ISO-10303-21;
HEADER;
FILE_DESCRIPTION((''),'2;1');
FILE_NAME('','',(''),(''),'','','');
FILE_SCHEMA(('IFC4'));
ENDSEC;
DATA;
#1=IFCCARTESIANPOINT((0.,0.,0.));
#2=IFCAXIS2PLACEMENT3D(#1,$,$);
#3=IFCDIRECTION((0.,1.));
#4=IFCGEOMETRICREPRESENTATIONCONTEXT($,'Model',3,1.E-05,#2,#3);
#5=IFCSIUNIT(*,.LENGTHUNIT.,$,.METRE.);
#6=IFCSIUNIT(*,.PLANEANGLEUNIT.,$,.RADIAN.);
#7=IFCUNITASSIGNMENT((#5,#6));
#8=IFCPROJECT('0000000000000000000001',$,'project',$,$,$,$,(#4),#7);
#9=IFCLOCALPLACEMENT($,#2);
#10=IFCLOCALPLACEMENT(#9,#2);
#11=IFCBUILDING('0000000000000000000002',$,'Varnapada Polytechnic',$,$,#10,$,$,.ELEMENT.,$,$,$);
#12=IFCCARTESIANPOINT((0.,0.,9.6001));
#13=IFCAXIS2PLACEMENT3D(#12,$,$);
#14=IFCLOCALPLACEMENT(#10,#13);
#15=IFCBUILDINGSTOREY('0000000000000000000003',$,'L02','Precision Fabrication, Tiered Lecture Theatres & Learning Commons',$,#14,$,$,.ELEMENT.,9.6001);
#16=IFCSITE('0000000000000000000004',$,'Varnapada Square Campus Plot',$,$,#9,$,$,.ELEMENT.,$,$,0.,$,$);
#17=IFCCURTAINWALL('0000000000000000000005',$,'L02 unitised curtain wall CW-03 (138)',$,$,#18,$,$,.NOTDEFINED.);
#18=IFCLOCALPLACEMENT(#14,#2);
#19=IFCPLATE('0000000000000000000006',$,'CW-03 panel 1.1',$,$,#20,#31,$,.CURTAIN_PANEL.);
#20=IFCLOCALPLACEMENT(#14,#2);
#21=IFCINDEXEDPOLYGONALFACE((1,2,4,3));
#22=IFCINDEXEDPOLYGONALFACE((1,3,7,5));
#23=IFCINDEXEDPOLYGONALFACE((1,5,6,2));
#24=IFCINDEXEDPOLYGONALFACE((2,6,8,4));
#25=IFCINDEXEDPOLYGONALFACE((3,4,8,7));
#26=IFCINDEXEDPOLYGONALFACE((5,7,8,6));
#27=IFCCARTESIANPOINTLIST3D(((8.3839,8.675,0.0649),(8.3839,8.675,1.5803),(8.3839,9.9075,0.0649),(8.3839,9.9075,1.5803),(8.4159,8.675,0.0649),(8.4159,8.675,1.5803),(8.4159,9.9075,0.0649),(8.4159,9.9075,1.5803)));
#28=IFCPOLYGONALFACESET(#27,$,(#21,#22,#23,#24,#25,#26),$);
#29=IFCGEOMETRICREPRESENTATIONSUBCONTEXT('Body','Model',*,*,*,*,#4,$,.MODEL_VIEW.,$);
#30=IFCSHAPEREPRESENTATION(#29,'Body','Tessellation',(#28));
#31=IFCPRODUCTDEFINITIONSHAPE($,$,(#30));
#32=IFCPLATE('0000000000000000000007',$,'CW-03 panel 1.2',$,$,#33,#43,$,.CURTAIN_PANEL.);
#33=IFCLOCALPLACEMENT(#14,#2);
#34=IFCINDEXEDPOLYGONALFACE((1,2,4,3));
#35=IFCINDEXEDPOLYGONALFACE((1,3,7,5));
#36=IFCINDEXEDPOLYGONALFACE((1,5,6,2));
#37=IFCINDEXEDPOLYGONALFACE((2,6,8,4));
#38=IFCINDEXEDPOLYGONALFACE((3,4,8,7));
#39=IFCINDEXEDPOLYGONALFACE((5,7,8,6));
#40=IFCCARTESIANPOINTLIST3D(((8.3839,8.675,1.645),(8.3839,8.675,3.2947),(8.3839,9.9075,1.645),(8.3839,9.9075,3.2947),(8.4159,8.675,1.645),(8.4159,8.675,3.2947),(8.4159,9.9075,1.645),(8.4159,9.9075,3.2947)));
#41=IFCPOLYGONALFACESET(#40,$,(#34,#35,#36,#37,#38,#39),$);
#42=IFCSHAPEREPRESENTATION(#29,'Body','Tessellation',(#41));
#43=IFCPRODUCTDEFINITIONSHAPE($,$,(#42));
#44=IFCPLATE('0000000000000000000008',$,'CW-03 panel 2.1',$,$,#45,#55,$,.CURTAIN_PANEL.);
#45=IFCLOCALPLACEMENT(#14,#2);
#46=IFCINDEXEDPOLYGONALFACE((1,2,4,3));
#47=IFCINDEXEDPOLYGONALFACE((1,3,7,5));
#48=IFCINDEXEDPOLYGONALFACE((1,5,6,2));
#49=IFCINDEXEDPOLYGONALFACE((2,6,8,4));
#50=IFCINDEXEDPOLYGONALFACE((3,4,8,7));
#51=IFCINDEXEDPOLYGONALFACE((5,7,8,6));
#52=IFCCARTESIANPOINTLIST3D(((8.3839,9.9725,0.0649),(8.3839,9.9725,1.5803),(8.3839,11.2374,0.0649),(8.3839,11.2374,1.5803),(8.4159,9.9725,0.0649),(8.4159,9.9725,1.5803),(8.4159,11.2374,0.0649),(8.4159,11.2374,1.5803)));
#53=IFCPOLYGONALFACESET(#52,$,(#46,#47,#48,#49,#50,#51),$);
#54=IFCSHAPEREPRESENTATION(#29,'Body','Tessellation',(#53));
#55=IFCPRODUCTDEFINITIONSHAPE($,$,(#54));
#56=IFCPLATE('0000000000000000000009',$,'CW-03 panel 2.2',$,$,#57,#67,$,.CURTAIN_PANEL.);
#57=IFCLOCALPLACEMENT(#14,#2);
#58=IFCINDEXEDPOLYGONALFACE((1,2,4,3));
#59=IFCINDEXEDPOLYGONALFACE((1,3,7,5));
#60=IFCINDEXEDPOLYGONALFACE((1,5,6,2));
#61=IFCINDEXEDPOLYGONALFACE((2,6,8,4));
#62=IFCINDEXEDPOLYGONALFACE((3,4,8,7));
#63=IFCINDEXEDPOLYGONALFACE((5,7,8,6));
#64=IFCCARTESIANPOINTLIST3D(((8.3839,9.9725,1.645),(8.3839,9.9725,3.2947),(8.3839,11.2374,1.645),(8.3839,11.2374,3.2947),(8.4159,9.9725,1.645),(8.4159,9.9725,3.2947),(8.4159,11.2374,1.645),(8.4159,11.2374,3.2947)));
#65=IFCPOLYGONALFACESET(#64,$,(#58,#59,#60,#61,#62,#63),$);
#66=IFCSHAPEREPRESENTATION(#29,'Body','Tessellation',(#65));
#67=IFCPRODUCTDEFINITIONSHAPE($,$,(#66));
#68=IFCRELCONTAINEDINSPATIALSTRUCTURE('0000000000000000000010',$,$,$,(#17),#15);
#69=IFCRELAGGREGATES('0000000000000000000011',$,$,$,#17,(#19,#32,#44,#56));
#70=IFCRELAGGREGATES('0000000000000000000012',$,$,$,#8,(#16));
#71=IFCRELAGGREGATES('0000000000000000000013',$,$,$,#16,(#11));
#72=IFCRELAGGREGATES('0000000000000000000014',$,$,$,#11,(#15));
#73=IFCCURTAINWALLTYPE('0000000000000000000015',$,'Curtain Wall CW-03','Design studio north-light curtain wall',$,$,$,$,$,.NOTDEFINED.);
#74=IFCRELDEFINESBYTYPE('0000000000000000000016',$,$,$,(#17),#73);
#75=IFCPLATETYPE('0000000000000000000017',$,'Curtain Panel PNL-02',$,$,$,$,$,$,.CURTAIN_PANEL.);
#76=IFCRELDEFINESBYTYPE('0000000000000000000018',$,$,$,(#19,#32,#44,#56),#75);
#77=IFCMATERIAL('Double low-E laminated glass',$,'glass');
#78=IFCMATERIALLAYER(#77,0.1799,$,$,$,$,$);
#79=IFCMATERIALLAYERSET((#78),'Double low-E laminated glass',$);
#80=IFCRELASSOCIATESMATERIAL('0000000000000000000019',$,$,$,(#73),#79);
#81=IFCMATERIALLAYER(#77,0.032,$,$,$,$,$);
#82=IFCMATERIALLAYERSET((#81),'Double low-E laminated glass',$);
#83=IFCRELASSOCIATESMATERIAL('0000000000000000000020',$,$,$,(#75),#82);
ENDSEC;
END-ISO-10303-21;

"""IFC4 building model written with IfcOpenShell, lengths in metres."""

from ifc_helpers import new_model, si_unit, direction, frame, origin, origin_2d, place, context, subcontext, project, spatial, rectangle, extrude, material, layer, layer_set, type_object, element, aggregate, save


model = new_model("IFC4")

# Units and contexts
model_context = context("Model", 3, precision=1e-05, world=origin(), true_north=direction((0.0, 1.0)))
body_context = subcontext(model_context, "Body", "Model", "MODEL_VIEW")
ifc_project = project(units=[si_unit("LENGTHUNIT", "METRE"), si_unit("PLANEANGLEUNIT", "RADIAN")], contexts=[model_context])

# Site, building, storey
site_placement = place(None, origin())
site = spatial("IfcSite", under=ifc_project, at=site_placement, Name="Varnapada Square Campus Plot", CompositionType="ELEMENT", RefElevation=0.0)
building_placement = place(site_placement, origin())
building = spatial("IfcBuilding", under=site, at=building_placement, Name="Varnapada Polytechnic", CompositionType="ELEMENT")
storey_placement = place(building_placement, frame((0.0, 0.0, 9.6001)))
storey = spatial("IfcBuildingStorey", under=building, at=storey_placement, Name="L02", Description="Precision Fabrication, Tiered Lecture Theatres & Learning Commons", CompositionType="ELEMENT", Elevation=9.6001)

# Curtain wall
ifc_material_1 = material(Name="Double low-E laminated glass", Category="glass")
ifc_layer_1 = layer(ifc_material_1, 0.1799)
ifc_layer_set_1 = layer_set([ifc_layer_1], Name="Double low-E laminated glass")
curtain_wall_type = type_object("IfcCurtainWallType", Name="Curtain Wall CW-03", Description="Design studio north-light curtain wall", PredefinedType="NOTDEFINED", material=ifc_layer_set_1)
curtain_wall_placement = place(storey_placement, origin())
curtain_wall = element("IfcCurtainWall", 1, at=curtain_wall_placement, inside=storey, type_object=curtain_wall_type, Name="L02 unitised curtain wall CW-03 (138)", PredefinedType="NOTDEFINED")

# Plates
ifc_layer_2 = layer(ifc_material_1, 0.032)
ifc_layer_set_2 = layer_set([ifc_layer_2], Name="Double low-E laminated glass")
plate_type = type_object("IfcPlateType", Name="Curtain Panel PNL-02", PredefinedType="CURTAIN_PANEL", material=ifc_layer_set_2)
plate_1_placement = place(storey_placement, frame((8.3999, 9.2913, 0.0649), z_axis=(0.0, 0.0, 1.0), x_axis=(0.0, 1.0, 0.0)))
plate_1 = element("IfcPlate", 2, at=plate_1_placement, type_object=plate_type, Name="CW-03 panel 1.1", PredefinedType="CURTAIN_PANEL", context=body_context, shape_type="SweptSolid", body=[
    extrude(rectangle(XDim=1.2324, YDim=0.032, at=origin_2d()), origin(), (0.0, 0.0, 1.0), 1.5154),
])
plate_2_placement = place(storey_placement, frame((8.3999, 9.2913, 1.645), z_axis=(0.0, 0.0, 1.0), x_axis=(0.0, 1.0, 0.0)))
plate_2 = element("IfcPlate", 3, at=plate_2_placement, type_object=plate_type, Name="CW-03 panel 1.2", PredefinedType="CURTAIN_PANEL", context=body_context, shape_type="SweptSolid", body=[
    extrude(rectangle(XDim=1.2324, YDim=0.032, at=origin_2d()), origin(), (0.0, 0.0, 1.0), 1.6497),
])
plate_3_placement = place(storey_placement, frame((8.3999, 10.605, 0.0649), z_axis=(0.0, 0.0, 1.0), x_axis=(0.0, 1.0, 0.0)))
plate_3 = element("IfcPlate", 4, at=plate_3_placement, type_object=plate_type, Name="CW-03 panel 2.1", PredefinedType="CURTAIN_PANEL", context=body_context, shape_type="SweptSolid", body=[
    extrude(rectangle(XDim=1.2649, YDim=0.032, at=origin_2d()), origin(), (0.0, 0.0, 1.0), 1.5154),
])
plate_4_placement = place(storey_placement, frame((8.3999, 10.605, 1.645), z_axis=(0.0, 0.0, 1.0), x_axis=(0.0, 1.0, 0.0)))
plate_4 = element("IfcPlate", 5, at=plate_4_placement, type_object=plate_type, Name="CW-03 panel 2.2", PredefinedType="CURTAIN_PANEL", context=body_context, shape_type="SweptSolid", body=[
    extrude(rectangle(XDim=1.2649, YDim=0.032, at=origin_2d()), origin(), (0.0, 0.0, 1.0), 1.6497),
])
aggregate(curtain_wall, [plate_1, plate_2, plate_3, plate_4])

save(model, "model.ifc")
